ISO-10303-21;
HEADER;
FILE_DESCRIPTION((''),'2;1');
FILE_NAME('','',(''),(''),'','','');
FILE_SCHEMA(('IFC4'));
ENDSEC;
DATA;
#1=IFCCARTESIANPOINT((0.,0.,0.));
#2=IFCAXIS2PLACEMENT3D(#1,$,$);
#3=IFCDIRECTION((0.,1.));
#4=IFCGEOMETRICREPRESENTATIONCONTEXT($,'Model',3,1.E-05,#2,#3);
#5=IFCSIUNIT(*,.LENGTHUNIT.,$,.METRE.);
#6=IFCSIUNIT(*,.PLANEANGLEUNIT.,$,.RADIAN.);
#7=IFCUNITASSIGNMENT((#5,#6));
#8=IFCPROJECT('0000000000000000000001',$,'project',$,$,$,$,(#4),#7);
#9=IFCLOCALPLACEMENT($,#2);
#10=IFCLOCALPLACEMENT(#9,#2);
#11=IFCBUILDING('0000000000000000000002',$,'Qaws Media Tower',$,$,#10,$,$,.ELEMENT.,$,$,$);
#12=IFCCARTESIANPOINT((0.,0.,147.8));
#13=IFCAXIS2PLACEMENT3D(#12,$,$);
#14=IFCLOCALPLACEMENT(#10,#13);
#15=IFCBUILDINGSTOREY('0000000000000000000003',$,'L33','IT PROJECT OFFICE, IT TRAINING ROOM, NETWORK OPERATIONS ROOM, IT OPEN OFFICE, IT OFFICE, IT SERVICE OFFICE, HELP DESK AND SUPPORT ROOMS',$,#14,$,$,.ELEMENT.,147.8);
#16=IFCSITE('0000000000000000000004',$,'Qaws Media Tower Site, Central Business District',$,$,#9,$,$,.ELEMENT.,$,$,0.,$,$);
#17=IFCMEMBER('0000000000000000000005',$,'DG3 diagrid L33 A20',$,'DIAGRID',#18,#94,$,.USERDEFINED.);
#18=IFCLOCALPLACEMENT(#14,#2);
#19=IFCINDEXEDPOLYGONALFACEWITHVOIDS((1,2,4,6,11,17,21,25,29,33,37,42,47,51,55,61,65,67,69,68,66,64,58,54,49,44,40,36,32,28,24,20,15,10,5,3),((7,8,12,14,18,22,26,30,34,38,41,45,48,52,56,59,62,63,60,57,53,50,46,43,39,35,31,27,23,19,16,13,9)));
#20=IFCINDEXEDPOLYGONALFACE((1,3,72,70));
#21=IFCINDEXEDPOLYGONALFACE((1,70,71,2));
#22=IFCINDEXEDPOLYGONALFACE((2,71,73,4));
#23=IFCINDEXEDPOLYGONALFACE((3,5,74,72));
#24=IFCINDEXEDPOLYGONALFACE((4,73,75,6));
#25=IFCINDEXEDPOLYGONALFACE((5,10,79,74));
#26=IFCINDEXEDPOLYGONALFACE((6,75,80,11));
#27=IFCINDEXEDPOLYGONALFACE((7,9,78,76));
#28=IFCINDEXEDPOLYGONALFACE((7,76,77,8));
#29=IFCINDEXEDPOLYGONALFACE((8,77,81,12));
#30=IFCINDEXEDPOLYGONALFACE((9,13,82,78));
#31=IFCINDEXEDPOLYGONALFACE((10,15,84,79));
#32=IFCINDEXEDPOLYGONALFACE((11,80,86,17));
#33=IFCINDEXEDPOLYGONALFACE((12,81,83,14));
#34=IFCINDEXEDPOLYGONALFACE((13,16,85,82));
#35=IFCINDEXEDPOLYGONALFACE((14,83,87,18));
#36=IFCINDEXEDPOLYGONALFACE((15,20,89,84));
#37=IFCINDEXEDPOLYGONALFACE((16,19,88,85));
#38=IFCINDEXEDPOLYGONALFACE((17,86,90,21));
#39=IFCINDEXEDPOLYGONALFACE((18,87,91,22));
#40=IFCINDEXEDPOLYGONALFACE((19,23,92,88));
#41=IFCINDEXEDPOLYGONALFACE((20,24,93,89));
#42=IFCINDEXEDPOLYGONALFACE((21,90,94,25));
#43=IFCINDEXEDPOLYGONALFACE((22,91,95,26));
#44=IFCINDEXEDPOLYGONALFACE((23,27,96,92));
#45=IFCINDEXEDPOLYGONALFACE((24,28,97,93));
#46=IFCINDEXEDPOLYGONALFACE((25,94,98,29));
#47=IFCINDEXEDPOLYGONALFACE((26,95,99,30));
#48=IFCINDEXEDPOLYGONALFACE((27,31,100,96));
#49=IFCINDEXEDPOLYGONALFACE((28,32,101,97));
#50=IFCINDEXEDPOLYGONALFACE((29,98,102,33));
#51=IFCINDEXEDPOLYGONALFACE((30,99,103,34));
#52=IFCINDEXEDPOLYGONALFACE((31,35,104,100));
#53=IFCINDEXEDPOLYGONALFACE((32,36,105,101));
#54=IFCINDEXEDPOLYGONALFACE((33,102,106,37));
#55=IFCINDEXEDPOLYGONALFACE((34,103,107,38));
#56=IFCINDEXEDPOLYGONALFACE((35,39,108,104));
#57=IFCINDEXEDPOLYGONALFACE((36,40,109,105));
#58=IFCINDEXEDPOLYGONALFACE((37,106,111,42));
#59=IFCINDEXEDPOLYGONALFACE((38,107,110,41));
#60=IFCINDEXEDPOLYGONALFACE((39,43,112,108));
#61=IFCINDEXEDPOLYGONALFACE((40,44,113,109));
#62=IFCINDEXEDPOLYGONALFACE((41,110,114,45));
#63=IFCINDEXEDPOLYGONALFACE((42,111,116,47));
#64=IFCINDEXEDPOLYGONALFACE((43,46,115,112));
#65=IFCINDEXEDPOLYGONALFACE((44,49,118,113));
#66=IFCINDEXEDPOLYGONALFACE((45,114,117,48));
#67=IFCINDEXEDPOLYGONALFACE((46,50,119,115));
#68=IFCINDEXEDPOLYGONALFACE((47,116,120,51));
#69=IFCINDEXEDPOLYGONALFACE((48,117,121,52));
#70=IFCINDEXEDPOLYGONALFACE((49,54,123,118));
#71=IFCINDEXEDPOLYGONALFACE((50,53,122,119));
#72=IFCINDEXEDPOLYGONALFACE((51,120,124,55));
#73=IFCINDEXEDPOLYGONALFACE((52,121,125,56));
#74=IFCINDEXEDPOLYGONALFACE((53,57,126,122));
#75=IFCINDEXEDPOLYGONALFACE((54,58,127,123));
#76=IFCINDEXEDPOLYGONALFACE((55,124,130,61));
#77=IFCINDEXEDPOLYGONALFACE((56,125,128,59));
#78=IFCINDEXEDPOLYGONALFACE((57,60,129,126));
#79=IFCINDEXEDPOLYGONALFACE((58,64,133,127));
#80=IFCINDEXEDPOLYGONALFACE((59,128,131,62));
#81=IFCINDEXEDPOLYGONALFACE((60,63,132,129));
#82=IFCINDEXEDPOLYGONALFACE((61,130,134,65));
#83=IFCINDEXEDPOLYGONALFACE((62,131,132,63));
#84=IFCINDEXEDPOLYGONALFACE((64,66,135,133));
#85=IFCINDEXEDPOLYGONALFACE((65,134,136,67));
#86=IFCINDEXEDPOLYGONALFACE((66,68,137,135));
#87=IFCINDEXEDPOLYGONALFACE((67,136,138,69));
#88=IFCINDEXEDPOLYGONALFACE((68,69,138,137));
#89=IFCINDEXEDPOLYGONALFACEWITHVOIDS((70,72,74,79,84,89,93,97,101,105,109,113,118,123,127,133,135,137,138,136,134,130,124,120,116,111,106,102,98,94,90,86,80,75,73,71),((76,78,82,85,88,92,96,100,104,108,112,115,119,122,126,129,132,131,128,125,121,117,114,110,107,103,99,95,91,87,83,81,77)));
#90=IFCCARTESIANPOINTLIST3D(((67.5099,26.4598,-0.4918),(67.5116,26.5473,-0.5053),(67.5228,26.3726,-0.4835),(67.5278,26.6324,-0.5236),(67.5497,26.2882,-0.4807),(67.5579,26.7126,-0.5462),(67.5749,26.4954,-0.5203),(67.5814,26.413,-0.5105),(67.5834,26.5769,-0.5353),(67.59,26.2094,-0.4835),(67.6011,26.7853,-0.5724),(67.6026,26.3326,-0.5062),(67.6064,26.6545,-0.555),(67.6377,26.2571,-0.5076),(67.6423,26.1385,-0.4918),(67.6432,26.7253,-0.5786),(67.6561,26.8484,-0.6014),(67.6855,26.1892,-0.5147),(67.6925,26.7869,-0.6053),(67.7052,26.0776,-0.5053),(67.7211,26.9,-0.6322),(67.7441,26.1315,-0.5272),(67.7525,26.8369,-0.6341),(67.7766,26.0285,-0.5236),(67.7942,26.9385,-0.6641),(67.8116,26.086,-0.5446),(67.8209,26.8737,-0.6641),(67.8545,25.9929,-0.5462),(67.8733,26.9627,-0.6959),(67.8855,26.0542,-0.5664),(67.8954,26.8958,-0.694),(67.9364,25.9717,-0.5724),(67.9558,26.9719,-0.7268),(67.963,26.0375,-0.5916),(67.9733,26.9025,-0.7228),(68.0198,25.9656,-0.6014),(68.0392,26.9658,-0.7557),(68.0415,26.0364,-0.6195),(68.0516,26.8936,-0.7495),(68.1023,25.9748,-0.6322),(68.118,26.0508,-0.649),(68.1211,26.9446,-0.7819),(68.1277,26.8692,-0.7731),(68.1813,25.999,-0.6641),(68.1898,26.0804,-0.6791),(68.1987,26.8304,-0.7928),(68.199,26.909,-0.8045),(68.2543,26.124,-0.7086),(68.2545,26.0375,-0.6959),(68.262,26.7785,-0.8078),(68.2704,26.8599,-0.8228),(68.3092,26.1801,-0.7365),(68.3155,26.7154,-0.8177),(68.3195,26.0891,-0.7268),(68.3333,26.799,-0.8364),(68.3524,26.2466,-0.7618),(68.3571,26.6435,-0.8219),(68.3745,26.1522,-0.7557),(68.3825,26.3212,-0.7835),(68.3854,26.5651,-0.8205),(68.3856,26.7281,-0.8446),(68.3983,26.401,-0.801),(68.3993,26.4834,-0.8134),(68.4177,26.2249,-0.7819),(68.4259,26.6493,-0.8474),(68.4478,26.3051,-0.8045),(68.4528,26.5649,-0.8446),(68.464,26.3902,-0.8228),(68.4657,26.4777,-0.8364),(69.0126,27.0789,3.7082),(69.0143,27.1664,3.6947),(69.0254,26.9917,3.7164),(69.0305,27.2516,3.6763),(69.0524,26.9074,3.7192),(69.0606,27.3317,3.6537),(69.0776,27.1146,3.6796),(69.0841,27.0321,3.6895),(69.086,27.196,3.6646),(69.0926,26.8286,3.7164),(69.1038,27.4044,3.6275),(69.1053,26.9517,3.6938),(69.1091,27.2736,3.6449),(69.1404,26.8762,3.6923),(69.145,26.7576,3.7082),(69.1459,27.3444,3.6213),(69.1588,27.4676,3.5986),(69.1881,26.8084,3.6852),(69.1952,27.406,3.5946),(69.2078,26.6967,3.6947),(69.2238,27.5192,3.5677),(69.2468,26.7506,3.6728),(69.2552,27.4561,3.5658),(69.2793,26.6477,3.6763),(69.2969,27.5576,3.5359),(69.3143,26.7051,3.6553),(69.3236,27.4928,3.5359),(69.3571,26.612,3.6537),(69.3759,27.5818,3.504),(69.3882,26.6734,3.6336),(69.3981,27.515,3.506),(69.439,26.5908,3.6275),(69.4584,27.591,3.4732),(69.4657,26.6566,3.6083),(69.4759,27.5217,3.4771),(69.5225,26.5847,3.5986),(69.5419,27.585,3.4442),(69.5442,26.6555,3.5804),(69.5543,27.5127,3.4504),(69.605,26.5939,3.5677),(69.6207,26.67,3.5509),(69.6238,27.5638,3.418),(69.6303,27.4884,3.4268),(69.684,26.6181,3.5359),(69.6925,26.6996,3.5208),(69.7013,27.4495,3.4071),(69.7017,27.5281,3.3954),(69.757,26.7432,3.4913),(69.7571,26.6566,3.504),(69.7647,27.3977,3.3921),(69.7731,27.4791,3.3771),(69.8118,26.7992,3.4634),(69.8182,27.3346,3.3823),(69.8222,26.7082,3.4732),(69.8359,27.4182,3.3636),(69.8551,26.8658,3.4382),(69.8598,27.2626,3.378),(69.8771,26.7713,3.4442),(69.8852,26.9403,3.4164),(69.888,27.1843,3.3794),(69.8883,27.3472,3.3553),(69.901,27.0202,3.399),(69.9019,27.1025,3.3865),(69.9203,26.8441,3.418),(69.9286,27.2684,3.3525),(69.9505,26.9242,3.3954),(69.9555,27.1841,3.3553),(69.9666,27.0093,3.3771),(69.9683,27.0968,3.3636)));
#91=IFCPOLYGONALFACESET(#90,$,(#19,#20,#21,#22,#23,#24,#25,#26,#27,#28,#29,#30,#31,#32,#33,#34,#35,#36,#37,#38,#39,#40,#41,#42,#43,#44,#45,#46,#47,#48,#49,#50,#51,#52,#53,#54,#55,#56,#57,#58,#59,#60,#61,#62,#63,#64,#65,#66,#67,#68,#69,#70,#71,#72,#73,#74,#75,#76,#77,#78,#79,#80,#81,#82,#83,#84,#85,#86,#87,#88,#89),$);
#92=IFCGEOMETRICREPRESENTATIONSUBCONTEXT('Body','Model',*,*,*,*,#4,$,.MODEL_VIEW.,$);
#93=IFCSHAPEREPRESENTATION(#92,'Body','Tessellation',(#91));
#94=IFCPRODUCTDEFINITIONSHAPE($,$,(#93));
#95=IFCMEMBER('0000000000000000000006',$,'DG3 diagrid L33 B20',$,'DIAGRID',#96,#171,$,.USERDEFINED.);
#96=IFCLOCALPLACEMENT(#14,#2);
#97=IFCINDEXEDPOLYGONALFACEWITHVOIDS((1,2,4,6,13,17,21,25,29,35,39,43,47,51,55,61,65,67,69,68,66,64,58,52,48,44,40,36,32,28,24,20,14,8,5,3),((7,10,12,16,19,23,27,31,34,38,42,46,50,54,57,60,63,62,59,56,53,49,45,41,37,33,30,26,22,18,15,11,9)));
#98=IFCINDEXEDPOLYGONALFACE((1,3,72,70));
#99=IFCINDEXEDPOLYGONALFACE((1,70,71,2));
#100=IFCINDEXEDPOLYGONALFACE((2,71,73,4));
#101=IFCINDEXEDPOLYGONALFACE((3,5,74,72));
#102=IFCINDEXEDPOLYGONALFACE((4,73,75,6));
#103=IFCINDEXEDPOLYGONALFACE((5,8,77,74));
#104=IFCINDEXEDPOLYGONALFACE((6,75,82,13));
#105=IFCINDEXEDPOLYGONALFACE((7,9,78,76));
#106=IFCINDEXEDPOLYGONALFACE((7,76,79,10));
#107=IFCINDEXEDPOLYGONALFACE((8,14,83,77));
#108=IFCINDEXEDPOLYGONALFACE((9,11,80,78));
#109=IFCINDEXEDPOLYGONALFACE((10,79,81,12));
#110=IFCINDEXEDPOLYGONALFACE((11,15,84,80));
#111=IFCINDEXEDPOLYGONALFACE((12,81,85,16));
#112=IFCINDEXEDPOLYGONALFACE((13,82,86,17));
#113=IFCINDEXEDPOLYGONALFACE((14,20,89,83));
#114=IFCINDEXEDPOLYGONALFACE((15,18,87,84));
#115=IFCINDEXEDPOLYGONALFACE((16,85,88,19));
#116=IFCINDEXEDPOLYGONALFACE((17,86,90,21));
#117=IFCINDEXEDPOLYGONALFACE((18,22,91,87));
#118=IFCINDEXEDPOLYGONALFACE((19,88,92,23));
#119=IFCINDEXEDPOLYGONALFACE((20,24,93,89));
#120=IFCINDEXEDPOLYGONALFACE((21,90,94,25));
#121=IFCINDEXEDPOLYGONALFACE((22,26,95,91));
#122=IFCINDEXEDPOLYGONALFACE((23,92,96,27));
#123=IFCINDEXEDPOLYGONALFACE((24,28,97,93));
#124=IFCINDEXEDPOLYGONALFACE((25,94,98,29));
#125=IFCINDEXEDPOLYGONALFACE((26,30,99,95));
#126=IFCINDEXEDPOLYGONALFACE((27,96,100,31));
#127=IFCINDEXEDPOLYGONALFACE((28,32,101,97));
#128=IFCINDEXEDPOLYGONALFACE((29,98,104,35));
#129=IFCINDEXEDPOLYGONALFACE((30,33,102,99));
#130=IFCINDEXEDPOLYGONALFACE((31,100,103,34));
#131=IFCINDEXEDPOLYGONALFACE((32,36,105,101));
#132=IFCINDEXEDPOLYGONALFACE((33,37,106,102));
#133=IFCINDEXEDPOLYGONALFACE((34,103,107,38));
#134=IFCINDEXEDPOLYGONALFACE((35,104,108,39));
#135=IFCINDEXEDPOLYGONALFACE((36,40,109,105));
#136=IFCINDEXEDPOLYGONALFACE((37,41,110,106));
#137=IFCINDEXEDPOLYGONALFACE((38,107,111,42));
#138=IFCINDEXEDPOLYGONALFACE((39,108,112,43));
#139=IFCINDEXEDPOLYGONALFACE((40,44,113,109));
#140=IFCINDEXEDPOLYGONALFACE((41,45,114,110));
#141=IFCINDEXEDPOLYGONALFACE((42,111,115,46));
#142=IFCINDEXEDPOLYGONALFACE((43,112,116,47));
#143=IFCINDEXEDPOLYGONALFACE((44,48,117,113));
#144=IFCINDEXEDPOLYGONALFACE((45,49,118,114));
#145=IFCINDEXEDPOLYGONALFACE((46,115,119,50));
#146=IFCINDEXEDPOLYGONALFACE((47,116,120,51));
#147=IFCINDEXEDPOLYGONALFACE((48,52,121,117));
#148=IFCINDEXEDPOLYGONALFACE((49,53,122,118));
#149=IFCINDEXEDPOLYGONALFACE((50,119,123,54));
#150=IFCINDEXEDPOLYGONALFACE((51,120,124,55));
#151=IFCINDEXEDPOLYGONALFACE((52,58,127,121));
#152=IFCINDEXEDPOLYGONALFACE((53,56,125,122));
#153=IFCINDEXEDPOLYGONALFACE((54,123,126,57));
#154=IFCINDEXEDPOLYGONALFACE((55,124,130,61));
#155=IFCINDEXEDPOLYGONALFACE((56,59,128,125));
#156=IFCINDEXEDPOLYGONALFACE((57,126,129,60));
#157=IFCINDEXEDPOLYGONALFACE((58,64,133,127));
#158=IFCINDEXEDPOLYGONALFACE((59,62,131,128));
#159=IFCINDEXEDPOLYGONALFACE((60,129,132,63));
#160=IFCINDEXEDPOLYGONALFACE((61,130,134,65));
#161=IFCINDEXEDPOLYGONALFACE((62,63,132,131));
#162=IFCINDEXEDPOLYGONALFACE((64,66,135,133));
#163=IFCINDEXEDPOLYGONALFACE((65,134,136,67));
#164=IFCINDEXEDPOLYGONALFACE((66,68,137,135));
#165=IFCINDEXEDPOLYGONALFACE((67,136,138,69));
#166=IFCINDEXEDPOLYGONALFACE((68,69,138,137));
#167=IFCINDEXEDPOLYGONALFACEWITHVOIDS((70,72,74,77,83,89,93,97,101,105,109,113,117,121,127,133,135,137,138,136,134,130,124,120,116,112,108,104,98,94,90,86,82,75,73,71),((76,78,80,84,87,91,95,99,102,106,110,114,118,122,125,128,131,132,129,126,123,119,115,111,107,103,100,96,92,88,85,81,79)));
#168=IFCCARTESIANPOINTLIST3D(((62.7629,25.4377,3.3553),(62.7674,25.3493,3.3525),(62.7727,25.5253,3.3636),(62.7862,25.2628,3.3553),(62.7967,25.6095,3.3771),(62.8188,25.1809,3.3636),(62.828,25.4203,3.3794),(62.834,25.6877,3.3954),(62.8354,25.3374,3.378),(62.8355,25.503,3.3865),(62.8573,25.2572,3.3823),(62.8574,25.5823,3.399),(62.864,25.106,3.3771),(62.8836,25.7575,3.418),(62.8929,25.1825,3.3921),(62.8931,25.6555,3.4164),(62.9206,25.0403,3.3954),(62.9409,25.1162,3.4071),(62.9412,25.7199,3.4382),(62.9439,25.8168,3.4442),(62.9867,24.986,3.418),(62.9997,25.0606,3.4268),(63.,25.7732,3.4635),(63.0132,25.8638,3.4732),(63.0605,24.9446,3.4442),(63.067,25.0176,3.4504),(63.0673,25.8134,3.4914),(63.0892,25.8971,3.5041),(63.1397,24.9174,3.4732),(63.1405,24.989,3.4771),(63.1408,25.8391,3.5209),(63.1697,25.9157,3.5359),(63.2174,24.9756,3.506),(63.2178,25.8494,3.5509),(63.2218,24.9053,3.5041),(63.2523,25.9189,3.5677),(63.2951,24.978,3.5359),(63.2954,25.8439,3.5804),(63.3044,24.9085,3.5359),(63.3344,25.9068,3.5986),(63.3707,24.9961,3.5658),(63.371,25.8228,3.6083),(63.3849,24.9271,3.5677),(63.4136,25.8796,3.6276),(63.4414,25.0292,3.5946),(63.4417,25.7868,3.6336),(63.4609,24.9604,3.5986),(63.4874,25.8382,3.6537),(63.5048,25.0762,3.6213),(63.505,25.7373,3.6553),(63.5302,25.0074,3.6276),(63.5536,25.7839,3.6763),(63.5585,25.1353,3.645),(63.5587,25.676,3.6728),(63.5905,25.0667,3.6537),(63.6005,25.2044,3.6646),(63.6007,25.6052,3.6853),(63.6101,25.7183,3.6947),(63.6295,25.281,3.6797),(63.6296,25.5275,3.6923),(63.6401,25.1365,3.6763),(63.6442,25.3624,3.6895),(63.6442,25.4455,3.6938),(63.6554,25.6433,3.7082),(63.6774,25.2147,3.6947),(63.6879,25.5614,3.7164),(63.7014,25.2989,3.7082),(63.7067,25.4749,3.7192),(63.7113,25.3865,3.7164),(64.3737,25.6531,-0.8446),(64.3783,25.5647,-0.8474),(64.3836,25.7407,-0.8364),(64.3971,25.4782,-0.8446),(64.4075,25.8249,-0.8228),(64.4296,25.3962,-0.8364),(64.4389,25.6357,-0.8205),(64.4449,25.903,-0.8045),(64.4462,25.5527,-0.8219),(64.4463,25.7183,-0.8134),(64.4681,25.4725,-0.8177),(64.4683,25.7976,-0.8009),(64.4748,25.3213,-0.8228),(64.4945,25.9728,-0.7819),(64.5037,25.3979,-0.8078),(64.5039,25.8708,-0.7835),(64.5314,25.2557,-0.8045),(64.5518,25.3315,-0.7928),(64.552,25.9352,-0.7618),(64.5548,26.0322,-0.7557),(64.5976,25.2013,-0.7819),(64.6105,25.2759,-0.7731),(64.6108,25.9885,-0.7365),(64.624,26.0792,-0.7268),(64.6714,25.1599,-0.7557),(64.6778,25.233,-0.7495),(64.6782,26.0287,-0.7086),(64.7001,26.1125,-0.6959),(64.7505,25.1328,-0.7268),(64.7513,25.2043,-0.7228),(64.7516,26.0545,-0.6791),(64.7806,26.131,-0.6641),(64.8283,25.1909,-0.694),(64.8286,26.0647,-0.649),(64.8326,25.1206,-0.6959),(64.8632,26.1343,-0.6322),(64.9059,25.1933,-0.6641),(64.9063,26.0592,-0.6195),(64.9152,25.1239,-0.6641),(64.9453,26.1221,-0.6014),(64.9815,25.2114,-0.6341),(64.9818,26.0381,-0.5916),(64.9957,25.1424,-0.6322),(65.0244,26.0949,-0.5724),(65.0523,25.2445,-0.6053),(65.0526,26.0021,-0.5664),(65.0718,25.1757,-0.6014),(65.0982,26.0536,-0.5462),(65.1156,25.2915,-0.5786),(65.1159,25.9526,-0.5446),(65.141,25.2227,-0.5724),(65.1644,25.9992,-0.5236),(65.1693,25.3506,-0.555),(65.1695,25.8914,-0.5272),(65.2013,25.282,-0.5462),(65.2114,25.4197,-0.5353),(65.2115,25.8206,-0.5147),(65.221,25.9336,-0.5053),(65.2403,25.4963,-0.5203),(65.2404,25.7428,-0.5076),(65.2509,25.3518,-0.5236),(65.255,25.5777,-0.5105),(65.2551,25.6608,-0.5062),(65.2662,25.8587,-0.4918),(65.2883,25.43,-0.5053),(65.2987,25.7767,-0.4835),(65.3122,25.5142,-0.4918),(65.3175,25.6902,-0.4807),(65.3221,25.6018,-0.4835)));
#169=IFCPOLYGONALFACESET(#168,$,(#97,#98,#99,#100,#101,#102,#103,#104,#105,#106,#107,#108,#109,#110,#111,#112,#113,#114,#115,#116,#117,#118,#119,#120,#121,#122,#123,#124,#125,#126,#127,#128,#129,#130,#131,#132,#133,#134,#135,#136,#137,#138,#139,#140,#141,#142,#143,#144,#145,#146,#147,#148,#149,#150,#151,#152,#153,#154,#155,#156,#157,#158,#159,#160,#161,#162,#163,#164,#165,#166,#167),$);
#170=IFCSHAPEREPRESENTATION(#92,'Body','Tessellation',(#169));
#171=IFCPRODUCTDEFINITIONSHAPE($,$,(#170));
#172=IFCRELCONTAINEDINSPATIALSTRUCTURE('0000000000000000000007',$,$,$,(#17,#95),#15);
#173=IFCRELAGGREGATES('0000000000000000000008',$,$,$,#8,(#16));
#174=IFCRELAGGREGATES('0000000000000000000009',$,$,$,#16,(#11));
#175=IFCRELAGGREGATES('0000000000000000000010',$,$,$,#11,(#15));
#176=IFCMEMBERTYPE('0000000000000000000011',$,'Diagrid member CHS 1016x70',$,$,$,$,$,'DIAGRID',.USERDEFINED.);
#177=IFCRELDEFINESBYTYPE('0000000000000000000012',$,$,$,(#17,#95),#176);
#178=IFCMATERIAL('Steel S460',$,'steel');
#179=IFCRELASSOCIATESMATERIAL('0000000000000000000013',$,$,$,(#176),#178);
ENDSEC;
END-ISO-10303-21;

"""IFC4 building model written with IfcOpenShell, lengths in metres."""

from ifc_helpers import new_model, si_unit, direction, frame, origin, origin_2d, place, context, subcontext, project, spatial, hollow_circle, extrude, material, material_profile, profile_set, type_object, element, save


model = new_model("IFC4")

# Units and contexts
model_context = context("Model", 3, precision=1e-05, world=origin(), true_north=direction((0.0, 1.0)))
body_context = subcontext(model_context, "Body", "Model", "MODEL_VIEW")
ifc_project = project(units=[si_unit("LENGTHUNIT", "METRE"), si_unit("PLANEANGLEUNIT", "RADIAN")], contexts=[model_context])

# Site, building, storey
site_placement = place(None, origin())
site = spatial("IfcSite", under=ifc_project, at=site_placement, Name="Qaws Media Tower Site, Central Business District", CompositionType="ELEMENT", RefElevation=0.0)
building_placement = place(site_placement, origin())
building = spatial("IfcBuilding", under=site, at=building_placement, Name="Qaws Media Tower", CompositionType="ELEMENT")
storey_placement = place(building_placement, frame((0.0, 0.0, 147.8)))
storey = spatial("IfcBuildingStorey", under=building, at=storey_placement, Name="L33", Description="IT PROJECT OFFICE, IT TRAINING ROOM, NETWORK OPERATIONS ROOM, IT OPEN OFFICE, IT OFFICE, IT SERVICE OFFICE, HELP DESK AND SUPPORT ROOMS", CompositionType="ELEMENT", Elevation=147.8)

# Members
ifc_material_1 = material(Name="Steel S460", Category="steel")
ifc_material_profile_1 = material_profile(ifc_material_1, hollow_circle(Radius=0.5081, WallThickness=0.0701, at=origin_2d()), Name="CHS 1016x70")
ifc_profile_set_1 = profile_set([ifc_material_profile_1], Name="Steel S460")
member_type_1 = type_object("IfcMemberType", Name="Diagrid member CHS 1016x70", ElementType="DIAGRID", PredefinedType="USERDEFINED", material=ifc_profile_set_1)
for number, where, z_axis, x_axis, name in (
    (1, (67.9878, 26.4688, -0.6641), (0.333675, 0.137482, 0.932609), (-0.380954, 0.924594, 0.0), "DG3 diagrid L33 A20"),
    (2, (64.8479, 25.6274, -0.6641), (-0.357693, -0.047815, 0.932614), (0.132498, -0.991183, 0.0), "DG3 diagrid L33 B20"),
):
    element("IfcMember", number, at=place(storey_placement, frame(where, z_axis=z_axis, x_axis=x_axis)), inside=storey, type_object=member_type_1, Name=name, ObjectType="DIAGRID", PredefinedType="USERDEFINED", context=body_context, shape_type="SweptSolid", body=[
        extrude(hollow_circle(Radius=0.5081, WallThickness=0.0701, at=origin_2d()), origin(), (0.0, 0.0, 1.0), 4.5034),
    ])

save(model, "model.ifc")
